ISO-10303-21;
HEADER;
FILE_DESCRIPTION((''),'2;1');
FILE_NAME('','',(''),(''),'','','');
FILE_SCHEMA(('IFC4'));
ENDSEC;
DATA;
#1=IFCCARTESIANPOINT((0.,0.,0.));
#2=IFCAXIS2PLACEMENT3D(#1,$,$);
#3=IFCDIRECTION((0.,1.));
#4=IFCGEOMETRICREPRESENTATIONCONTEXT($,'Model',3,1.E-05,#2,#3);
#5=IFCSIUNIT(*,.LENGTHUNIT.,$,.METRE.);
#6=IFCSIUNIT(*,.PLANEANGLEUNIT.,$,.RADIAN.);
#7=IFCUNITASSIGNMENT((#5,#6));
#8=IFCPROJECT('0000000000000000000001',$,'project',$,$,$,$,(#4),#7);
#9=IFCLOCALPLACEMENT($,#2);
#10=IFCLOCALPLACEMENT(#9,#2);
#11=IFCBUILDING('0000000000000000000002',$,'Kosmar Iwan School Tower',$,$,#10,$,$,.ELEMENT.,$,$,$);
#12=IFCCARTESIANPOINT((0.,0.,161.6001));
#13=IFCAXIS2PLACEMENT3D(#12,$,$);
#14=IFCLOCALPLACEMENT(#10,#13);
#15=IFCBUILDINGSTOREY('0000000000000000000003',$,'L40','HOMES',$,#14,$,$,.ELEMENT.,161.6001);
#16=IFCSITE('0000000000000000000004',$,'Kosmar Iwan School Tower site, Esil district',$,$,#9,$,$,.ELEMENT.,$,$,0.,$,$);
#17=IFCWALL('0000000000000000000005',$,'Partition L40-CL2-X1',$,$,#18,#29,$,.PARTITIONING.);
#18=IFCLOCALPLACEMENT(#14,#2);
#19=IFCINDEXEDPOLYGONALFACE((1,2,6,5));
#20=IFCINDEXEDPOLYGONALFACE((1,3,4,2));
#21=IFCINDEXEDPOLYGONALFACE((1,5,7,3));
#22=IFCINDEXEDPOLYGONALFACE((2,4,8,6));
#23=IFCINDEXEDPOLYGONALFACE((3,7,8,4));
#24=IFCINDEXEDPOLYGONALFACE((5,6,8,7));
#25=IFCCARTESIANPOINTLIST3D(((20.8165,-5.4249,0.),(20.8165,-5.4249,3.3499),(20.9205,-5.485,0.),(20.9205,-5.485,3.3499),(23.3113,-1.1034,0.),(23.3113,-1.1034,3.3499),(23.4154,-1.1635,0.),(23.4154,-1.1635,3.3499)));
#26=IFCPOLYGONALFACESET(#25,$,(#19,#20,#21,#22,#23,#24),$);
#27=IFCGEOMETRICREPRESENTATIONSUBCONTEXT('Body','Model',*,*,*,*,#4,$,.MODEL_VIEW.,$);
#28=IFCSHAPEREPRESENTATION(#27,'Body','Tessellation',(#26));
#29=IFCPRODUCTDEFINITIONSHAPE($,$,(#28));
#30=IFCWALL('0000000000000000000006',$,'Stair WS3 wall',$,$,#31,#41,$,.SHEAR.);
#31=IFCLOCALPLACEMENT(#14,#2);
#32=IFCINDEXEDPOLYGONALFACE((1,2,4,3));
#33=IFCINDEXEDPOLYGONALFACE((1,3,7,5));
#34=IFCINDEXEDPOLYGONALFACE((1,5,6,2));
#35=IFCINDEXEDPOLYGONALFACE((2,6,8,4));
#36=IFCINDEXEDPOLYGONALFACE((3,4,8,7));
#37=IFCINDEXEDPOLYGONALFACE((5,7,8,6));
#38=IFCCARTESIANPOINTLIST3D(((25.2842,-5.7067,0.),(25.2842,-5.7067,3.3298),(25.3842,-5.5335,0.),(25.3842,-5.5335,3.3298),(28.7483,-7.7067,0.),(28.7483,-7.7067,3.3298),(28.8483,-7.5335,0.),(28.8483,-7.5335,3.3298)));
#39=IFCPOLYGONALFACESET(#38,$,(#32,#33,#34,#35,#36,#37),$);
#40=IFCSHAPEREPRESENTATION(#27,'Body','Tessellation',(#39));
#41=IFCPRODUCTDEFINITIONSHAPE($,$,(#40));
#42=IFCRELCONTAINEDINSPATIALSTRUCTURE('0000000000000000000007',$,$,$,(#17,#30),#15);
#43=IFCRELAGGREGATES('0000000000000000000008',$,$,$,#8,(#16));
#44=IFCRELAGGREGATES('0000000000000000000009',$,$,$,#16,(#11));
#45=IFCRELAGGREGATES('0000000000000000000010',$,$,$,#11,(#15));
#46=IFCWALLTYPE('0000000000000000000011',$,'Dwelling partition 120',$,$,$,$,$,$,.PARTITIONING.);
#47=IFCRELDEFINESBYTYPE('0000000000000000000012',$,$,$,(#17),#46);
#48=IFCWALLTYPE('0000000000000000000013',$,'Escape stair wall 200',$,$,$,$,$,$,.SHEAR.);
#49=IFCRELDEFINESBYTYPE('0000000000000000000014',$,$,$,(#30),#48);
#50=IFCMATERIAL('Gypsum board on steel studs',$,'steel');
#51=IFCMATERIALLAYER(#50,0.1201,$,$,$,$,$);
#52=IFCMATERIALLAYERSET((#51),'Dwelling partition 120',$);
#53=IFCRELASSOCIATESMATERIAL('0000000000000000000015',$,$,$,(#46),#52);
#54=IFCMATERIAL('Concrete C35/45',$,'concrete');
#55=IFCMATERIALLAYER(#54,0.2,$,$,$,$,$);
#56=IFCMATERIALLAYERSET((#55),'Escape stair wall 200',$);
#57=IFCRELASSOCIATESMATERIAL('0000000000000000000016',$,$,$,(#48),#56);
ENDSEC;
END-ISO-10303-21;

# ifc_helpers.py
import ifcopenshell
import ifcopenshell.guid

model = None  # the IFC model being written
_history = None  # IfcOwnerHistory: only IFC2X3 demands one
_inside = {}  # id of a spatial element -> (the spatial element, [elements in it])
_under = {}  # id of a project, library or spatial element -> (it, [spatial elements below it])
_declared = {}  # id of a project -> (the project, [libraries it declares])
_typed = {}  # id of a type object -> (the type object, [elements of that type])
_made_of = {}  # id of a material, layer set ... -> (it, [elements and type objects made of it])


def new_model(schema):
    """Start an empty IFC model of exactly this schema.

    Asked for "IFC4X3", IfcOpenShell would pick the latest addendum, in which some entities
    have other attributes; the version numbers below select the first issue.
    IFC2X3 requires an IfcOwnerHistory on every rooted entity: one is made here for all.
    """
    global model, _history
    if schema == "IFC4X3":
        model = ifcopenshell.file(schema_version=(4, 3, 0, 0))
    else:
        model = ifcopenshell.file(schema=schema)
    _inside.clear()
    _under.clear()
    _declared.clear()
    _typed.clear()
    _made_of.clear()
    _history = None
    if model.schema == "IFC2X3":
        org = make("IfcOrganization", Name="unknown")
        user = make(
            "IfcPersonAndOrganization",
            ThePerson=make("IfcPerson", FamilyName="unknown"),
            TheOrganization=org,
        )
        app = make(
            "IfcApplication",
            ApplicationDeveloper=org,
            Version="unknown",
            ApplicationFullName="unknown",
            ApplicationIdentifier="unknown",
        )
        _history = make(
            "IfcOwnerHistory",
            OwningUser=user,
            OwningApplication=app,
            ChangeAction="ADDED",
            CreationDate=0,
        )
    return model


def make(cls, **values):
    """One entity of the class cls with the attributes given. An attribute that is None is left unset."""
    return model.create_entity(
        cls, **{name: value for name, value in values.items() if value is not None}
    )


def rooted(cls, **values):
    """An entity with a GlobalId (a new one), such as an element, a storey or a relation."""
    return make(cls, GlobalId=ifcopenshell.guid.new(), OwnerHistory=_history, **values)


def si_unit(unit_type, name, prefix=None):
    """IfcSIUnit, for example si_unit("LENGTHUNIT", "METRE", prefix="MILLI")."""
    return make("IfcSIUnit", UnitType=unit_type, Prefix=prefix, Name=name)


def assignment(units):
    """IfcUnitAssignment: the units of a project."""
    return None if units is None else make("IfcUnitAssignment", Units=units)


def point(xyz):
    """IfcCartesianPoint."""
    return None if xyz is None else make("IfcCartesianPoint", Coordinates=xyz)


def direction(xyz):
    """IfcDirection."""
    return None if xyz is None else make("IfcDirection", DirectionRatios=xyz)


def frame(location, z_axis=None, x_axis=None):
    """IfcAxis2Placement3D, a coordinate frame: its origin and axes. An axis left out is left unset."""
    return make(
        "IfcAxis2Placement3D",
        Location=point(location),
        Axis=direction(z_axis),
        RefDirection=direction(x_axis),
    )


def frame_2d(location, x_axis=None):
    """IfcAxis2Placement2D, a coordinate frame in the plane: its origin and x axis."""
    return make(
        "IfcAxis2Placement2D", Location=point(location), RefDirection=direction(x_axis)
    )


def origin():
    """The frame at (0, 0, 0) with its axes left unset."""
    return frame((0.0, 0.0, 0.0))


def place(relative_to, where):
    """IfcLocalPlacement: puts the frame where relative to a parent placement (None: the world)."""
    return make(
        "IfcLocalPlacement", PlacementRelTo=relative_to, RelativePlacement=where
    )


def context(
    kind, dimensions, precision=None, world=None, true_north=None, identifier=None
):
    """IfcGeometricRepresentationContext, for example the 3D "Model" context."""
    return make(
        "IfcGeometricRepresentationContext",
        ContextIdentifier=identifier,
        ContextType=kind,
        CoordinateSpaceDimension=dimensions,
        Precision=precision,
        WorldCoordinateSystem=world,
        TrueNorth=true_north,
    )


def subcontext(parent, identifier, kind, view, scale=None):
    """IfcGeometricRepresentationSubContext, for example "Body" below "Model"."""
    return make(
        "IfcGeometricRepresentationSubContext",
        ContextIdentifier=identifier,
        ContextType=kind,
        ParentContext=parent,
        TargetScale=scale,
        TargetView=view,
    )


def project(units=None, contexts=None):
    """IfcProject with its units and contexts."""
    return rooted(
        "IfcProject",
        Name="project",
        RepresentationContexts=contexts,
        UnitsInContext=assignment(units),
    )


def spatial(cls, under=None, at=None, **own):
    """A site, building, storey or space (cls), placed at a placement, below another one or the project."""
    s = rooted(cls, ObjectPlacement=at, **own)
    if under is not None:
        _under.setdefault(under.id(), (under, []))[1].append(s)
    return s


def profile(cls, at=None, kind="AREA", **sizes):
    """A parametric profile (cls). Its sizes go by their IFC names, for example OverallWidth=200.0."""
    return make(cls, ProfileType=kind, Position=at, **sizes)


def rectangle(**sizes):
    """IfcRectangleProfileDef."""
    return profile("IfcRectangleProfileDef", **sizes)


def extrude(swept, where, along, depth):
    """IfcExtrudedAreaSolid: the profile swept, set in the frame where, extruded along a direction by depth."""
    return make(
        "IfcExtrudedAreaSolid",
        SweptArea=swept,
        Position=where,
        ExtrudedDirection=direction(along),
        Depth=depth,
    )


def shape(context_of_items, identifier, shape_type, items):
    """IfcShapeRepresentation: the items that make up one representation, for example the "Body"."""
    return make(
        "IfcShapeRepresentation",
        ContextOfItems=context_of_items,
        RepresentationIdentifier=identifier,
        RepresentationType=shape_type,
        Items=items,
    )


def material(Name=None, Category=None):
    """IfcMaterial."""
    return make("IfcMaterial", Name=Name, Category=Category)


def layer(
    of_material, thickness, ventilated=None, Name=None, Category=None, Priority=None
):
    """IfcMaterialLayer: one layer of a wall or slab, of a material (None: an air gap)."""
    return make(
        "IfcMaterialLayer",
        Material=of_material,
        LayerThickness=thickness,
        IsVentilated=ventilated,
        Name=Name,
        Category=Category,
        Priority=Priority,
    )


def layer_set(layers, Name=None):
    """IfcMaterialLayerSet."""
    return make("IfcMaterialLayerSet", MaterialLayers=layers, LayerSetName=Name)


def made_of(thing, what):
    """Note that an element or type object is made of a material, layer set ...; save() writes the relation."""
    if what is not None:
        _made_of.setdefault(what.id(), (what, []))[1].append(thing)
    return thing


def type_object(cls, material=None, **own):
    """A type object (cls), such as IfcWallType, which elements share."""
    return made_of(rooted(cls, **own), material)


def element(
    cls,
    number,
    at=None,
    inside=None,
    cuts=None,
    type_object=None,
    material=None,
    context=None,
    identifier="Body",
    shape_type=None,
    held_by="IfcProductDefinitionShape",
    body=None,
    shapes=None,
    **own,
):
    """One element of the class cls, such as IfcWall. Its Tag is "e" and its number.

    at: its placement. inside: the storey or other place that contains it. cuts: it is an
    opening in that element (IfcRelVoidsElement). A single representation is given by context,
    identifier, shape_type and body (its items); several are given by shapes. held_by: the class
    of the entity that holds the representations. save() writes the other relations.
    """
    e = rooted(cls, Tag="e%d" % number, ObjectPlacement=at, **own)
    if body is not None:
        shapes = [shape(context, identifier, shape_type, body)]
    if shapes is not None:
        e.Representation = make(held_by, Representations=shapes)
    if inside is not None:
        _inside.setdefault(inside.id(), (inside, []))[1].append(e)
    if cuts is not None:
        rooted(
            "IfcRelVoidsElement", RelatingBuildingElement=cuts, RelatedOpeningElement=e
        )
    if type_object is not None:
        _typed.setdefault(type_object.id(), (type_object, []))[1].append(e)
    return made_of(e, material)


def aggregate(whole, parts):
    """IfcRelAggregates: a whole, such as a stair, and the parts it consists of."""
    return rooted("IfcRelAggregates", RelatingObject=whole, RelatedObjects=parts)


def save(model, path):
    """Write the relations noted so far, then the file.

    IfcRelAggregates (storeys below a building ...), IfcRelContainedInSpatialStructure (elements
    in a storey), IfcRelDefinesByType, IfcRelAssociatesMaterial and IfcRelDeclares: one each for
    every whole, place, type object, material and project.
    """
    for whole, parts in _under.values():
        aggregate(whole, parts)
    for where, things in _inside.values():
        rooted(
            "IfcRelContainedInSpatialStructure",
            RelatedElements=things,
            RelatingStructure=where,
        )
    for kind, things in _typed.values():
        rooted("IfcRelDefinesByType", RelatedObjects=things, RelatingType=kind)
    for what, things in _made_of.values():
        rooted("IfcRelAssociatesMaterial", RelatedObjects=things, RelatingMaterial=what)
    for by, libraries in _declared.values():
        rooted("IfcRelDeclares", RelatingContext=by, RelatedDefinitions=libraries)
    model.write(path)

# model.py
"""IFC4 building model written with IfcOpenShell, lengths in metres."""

from ifc_helpers import new_model, si_unit, direction, frame, frame_2d, origin, place, context, subcontext, project, spatial, rectangle, extrude, material, layer, layer_set, type_object, element, save


model = new_model("IFC4")

# Units and contexts
model_context = context("Model", 3, precision=1e-05, world=origin(), true_north=direction((0.0, 1.0)))
body_context = subcontext(model_context, "Body", "Model", "MODEL_VIEW")
ifc_project = project(units=[si_unit("LENGTHUNIT", "METRE"), si_unit("PLANEANGLEUNIT", "RADIAN")], contexts=[model_context])

# Site, building, storey
site_placement = place(None, origin())
site = spatial("IfcSite", under=ifc_project, at=site_placement, Name="Kosmar Iwan School Tower site, Esil district", CompositionType="ELEMENT", RefElevation=0.0)
building_placement = place(site_placement, origin())
building = spatial("IfcBuilding", under=site, at=building_placement, Name="Kosmar Iwan School Tower", CompositionType="ELEMENT")
storey_placement = place(building_placement, frame((0.0, 0.0, 161.6001)))
storey = spatial("IfcBuildingStorey", under=building, at=storey_placement, Name="L40", Description="HOMES", CompositionType="ELEMENT", Elevation=161.6001)

# Shared definitions
ifc_material_1 = material(Name="Gypsum board on steel studs", Category="steel")
ifc_layer_1 = layer(ifc_material_1, 0.1201)
ifc_layer_set_1 = layer_set([ifc_layer_1], Name="Dwelling partition 120")
wall_type_1 = type_object("IfcWallType", Name="Dwelling partition 120", PredefinedType="PARTITIONING", material=ifc_layer_set_1)

# Walls
wall_1_placement = place(storey_placement, frame((20.8684, -5.4551, 0.0), z_axis=(0.0, 0.0, 1.0), x_axis=(0.499975, 0.86604, 0.0)))
element("IfcWall", 1, at=wall_1_placement, inside=storey, type_object=wall_type_1, Name="Partition L40-CL2-X1", PredefinedType="PARTITIONING", context=body_context, shape_type="SweptSolid", body=[
    extrude(rectangle(XDim=4.99, YDim=0.1201, at=frame_2d((2.4951, 0.0))), origin(), (0.0, 0.0, 1.0), 3.3499),
])
ifc_material_2 = material(Name="Concrete C35/45", Category="concrete")
ifc_layer_2 = layer(ifc_material_2, 0.2)
ifc_layer_set_2 = layer_set([ifc_layer_2], Name="Escape stair wall 200")
wall_type_2 = type_object("IfcWallType", Name="Escape stair wall 200", PredefinedType="SHEAR", material=ifc_layer_set_2)
wall_2_placement = place(storey_placement, frame((25.3342, -5.6201, 0.0), z_axis=(0.0, 0.0, 1.0), x_axis=(0.866026, -0.499999, 0.0)))
element("IfcWall", 2, at=wall_2_placement, inside=storey, type_object=wall_type_2, Name="Stair WS3 wall", PredefinedType="SHEAR", context=body_context, shape_type="SweptSolid", body=[
    extrude(rectangle(XDim=4.0, YDim=0.2, at=frame_2d((2.0, 0.0))), origin(), (0.0, 0.0, 1.0), 3.3298),
])

save(model, "model.ifc")
